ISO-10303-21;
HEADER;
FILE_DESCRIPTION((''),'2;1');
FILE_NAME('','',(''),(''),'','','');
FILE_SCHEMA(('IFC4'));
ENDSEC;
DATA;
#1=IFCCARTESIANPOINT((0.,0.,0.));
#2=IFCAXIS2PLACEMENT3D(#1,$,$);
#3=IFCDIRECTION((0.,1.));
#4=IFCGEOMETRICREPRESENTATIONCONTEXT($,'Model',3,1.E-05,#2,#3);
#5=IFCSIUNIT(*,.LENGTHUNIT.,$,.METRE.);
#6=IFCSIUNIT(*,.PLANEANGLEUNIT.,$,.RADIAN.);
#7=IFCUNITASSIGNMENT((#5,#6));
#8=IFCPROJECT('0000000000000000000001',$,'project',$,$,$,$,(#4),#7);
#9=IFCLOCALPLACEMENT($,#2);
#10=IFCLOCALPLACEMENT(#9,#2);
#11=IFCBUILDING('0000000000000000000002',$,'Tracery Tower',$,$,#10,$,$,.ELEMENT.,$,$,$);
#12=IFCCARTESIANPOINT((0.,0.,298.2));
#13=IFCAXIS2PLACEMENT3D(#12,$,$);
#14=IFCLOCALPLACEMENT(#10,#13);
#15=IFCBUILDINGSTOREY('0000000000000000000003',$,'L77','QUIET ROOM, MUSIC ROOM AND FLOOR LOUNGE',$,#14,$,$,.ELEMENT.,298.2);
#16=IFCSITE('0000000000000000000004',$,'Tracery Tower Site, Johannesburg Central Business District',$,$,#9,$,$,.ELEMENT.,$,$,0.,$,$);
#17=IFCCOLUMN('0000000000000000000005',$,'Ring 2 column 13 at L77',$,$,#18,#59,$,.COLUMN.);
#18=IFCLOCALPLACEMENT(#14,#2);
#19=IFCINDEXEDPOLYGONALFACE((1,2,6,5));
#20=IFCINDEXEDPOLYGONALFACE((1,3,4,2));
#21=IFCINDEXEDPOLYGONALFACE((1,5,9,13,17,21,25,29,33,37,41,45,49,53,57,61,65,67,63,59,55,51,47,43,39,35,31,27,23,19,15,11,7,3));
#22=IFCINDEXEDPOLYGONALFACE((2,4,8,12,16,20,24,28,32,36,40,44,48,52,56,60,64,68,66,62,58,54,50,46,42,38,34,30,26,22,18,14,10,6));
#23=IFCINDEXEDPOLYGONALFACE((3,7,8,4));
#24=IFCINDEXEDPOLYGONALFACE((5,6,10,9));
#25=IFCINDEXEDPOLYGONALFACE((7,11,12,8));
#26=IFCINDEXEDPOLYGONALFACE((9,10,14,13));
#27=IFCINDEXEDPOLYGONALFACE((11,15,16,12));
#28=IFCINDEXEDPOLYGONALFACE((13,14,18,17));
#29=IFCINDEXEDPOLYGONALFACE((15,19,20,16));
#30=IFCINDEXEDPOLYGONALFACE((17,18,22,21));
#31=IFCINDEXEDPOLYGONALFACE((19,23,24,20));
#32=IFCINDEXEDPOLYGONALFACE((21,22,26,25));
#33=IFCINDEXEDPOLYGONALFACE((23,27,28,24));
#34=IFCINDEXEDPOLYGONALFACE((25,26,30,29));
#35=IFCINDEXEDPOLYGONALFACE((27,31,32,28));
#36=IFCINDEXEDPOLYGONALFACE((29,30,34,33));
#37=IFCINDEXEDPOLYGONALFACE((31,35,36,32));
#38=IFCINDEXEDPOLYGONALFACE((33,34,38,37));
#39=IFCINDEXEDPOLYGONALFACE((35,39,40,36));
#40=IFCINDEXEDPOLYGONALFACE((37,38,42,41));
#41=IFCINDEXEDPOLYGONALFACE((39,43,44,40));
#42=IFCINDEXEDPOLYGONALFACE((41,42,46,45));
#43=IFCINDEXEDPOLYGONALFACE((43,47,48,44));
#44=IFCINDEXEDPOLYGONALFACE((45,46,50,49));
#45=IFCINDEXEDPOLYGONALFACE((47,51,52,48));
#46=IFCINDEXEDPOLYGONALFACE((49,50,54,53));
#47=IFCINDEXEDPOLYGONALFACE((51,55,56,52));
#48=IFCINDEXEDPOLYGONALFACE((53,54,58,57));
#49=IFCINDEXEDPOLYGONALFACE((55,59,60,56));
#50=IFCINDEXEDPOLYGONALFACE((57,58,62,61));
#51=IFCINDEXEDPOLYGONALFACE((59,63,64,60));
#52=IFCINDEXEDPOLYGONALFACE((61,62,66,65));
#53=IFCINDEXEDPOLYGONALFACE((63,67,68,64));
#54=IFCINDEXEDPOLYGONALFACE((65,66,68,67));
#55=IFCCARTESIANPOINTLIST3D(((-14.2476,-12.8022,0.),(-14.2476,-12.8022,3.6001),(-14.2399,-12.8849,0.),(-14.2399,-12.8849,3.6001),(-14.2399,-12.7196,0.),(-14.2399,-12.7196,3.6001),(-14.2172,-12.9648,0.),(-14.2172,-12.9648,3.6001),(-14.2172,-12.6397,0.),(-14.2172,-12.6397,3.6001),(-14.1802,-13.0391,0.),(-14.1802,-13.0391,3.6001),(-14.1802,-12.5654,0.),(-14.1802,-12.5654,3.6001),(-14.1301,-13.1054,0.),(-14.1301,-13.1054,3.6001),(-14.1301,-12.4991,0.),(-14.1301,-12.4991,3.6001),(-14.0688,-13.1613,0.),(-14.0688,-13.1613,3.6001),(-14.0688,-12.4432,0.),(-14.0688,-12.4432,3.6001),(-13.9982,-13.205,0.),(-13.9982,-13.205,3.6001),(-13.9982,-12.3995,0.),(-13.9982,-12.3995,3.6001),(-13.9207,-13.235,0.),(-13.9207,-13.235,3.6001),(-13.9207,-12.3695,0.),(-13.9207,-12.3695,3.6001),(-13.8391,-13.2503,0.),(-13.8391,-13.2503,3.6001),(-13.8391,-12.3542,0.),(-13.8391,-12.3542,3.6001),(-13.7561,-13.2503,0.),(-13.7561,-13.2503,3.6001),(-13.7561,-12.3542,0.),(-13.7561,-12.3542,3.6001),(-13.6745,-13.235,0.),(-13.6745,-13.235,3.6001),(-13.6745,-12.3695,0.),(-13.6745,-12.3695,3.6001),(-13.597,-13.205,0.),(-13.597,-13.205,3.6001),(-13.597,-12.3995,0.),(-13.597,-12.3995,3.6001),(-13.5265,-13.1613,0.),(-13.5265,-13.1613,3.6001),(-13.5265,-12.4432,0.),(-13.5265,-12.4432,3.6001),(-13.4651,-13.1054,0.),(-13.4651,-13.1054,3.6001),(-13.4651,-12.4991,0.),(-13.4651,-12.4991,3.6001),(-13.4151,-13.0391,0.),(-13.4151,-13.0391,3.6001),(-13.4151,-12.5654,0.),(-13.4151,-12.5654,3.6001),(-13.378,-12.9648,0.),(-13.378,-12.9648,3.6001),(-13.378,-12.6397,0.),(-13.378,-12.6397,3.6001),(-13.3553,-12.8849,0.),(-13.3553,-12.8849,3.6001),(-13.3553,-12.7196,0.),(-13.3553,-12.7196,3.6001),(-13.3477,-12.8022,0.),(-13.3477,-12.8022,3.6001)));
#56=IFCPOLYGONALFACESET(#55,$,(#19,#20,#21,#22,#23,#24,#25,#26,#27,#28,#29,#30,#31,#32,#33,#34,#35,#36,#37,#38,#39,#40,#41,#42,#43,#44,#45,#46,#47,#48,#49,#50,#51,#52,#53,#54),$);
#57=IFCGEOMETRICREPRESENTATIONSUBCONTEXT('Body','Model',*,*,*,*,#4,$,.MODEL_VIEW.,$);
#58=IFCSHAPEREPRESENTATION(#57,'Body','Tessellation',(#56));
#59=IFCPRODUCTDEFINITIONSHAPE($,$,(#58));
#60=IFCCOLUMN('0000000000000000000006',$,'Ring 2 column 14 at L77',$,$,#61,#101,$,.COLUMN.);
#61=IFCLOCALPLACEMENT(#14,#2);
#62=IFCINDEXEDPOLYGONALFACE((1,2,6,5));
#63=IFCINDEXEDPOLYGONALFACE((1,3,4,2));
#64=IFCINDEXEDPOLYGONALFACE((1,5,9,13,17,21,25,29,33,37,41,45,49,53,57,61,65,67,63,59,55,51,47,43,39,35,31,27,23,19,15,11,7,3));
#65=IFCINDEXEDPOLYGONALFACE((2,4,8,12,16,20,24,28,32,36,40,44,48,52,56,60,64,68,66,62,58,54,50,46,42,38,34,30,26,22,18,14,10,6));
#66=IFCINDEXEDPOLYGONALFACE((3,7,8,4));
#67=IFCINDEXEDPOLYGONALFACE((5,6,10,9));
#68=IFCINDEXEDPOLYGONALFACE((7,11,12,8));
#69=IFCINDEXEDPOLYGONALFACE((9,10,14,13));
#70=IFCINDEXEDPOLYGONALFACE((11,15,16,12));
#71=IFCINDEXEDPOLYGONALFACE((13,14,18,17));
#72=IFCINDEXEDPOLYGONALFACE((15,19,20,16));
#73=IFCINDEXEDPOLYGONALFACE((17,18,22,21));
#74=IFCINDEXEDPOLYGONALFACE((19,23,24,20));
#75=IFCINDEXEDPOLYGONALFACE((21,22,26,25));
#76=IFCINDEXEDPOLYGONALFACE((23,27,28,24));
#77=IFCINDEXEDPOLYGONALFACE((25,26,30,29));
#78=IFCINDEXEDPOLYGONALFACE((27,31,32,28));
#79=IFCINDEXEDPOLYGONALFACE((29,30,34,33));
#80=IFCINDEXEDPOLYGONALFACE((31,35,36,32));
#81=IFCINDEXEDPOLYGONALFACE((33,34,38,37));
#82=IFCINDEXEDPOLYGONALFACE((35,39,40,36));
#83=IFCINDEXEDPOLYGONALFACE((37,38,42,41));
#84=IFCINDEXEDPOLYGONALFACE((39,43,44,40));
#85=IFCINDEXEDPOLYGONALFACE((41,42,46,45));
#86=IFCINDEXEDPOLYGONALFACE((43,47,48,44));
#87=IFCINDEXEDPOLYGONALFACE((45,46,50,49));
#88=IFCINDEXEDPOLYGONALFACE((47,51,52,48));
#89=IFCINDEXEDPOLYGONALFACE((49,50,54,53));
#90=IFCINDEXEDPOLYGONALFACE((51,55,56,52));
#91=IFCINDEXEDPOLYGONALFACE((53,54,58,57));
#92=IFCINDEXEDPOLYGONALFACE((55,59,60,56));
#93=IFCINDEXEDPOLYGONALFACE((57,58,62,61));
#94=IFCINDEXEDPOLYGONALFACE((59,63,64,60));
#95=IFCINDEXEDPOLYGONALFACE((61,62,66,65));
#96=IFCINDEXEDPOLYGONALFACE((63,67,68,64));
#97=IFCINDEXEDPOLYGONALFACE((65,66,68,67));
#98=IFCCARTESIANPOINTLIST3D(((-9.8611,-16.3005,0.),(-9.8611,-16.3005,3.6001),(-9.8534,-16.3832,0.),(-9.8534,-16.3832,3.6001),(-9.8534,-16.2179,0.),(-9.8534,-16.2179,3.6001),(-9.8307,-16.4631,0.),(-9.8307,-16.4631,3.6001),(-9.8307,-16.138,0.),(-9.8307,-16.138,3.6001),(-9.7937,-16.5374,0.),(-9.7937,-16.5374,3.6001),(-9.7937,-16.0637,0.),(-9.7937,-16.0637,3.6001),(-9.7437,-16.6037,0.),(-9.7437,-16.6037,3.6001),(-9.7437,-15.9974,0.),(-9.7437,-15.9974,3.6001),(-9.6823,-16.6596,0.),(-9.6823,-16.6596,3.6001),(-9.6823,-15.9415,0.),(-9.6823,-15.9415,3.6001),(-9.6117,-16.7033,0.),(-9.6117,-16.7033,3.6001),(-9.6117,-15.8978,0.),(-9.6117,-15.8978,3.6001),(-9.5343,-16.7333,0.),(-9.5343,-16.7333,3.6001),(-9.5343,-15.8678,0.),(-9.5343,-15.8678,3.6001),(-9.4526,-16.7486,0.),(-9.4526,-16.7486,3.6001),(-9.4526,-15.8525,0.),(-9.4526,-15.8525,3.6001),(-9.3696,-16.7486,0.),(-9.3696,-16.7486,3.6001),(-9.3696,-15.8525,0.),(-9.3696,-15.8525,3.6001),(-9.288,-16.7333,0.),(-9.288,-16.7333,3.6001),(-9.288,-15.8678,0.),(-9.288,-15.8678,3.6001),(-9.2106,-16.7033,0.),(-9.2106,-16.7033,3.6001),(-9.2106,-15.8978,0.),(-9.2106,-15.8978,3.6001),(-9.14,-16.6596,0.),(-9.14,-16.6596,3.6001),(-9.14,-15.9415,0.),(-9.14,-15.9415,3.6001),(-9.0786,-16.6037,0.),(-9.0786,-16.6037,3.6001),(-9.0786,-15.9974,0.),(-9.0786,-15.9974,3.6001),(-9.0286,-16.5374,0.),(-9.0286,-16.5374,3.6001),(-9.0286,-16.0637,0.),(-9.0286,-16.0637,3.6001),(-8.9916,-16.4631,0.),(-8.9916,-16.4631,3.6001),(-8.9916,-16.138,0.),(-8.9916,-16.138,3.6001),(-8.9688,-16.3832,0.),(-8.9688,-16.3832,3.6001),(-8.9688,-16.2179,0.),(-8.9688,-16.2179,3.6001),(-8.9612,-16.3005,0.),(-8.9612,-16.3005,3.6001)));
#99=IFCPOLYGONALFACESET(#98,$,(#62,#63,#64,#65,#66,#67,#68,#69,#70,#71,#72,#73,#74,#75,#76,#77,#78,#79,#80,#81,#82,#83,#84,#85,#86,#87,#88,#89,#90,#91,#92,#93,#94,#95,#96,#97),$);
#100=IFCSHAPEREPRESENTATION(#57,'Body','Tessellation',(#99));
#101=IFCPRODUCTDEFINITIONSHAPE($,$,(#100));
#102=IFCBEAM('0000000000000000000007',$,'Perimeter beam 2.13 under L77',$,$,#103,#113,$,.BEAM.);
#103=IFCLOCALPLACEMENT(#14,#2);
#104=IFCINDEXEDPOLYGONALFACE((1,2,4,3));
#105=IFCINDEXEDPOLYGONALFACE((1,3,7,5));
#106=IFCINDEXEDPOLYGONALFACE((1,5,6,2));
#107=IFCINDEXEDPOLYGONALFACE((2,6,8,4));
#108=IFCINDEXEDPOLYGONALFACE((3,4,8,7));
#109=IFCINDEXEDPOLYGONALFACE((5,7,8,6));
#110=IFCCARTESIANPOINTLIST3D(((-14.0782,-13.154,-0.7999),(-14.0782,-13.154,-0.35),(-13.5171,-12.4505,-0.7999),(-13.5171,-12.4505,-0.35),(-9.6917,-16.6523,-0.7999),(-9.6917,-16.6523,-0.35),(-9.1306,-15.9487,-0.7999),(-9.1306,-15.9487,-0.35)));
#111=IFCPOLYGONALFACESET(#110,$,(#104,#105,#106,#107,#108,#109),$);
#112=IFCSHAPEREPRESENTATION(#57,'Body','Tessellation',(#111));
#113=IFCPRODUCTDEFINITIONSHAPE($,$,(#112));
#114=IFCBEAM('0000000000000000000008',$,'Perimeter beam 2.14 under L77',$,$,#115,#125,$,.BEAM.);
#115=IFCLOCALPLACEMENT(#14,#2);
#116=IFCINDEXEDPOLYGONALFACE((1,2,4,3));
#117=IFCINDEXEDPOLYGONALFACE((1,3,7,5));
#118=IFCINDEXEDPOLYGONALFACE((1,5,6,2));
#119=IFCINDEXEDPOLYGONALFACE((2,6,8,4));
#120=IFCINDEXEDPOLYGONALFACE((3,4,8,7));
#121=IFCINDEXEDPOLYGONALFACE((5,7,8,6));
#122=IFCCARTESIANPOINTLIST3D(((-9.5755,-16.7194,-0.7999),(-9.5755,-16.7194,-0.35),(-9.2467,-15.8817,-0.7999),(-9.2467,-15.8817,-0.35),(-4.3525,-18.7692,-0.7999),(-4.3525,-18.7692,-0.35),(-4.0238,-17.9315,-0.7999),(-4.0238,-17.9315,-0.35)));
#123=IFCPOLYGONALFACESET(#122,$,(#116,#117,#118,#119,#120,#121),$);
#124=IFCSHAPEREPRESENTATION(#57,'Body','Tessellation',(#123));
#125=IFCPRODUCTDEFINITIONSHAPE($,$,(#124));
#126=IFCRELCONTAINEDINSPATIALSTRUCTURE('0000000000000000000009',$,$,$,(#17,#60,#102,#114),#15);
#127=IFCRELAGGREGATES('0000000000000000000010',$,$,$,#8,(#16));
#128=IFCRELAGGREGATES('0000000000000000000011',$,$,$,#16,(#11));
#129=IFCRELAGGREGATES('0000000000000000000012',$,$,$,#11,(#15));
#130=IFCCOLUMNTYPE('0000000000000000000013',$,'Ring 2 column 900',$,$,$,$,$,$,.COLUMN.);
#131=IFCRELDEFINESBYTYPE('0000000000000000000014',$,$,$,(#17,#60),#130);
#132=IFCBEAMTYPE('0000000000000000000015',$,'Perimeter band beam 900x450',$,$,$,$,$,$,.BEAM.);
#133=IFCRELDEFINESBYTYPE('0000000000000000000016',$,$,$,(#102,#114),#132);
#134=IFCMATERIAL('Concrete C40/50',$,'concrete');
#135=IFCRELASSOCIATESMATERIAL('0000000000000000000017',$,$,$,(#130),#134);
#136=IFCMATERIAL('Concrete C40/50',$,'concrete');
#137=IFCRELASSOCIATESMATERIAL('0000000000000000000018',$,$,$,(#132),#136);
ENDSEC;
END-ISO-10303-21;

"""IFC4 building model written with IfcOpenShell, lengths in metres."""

from ifc_helpers import new_model, si_unit, direction, frame, origin, origin_2d, place, context, subcontext, project, spatial, rectangle, circle, extrude, material, material_profile, profile_set, type_object, element, save


model = new_model("IFC4")

# Units and contexts
model_context = context("Model", 3, precision=1e-05, world=origin(), true_north=direction((0.0, 1.0)))
body_context = subcontext(model_context, "Body", "Model", "MODEL_VIEW")
ifc_project = project(units=[si_unit("LENGTHUNIT", "METRE"), si_unit("PLANEANGLEUNIT", "RADIAN")], contexts=[model_context])

# Site, building, storey
site_placement = place(None, origin())
site = spatial("IfcSite", under=ifc_project, at=site_placement, Name="Tracery Tower Site, Johannesburg Central Business District", CompositionType="ELEMENT", RefElevation=0.0)
building_placement = place(site_placement, origin())
building = spatial("IfcBuilding", under=site, at=building_placement, Name="Tracery Tower", CompositionType="ELEMENT")
storey_placement = place(building_placement, frame((0.0, 0.0, 298.2)))
storey = spatial("IfcBuildingStorey", under=building, at=storey_placement, Name="L77", Description="QUIET ROOM, MUSIC ROOM AND FLOOR LOUNGE", CompositionType="ELEMENT", Elevation=298.2)

# Columns
ifc_material_1 = material(Name="Concrete C40/50", Category="concrete")
ifc_material_profile_1 = material_profile(ifc_material_1, circle(Radius=0.45, at=origin_2d()), Name="RC D900")
ifc_profile_set_1 = profile_set([ifc_material_profile_1], Name="Concrete C40/50")
column_type = type_object("IfcColumnType", Name="Ring 2 column 900", PredefinedType="COLUMN", material=ifc_profile_set_1)
for number, where, z_axis, x_axis, name in (
    (1, (-13.7976, -12.8022, 0.0), (0.0, 0.0, 1.0), (1.0, 0.0, 0.0), "Ring 2 column 13 at L77"),
    (2, (-9.4111, -16.3005, 0.0), (0.0, 0.0, 1.0), (1.0, 0.0, 0.0), "Ring 2 column 14 at L77"),
):
    element("IfcColumn", number, at=place(storey_placement, frame(where, z_axis=z_axis, x_axis=x_axis)), inside=storey, type_object=column_type, Name=name, PredefinedType="COLUMN", context=body_context, shape_type="SweptSolid", body=[
        extrude(circle(Radius=0.45, at=origin_2d()), origin(), (0.0, 0.0, 1.0), 3.6001),
    ])

# Beams
ifc_material_2 = material(Name="Concrete C40/50", Category="concrete")
ifc_material_profile_2 = material_profile(ifc_material_2, rectangle(XDim=0.8999, YDim=0.45, at=origin_2d()), Name="RC 900x450")
ifc_profile_set_2 = profile_set([ifc_material_profile_2], Name="Concrete C40/50")
beam_type = type_object("IfcBeamType", Name="Perimeter band beam 900x450", PredefinedType="BEAM", material=ifc_profile_set_2)
beam_1_placement = place(storey_placement, frame((-13.7976, -12.8022, -0.575), z_axis=(0.781815, -0.623511, 0.0), x_axis=(0.623511, 0.781815, 0.0)))
element("IfcBeam", 3, at=beam_1_placement, inside=storey, type_object=beam_type, Name="Perimeter beam 2.13 under L77", PredefinedType="BEAM", context=body_context, shape_type="SweptSolid", body=[
    extrude(rectangle(XDim=0.8999, YDim=0.45, at=origin_2d()), origin(), (0.0, 0.0, 1.0), 5.6106),
])
beam_2_placement = place(storey_placement, frame((-9.4111, -16.3005, -0.575), z_axis=(0.930876, -0.365336, 0.0), x_axis=(0.365336, 0.930876, 0.0)))
element("IfcBeam", 4, at=beam_2_placement, inside=storey, type_object=beam_type, Name="Perimeter beam 2.14 under L77", PredefinedType="BEAM", context=body_context, shape_type="SweptSolid", body=[
    extrude(rectangle(XDim=0.8999, YDim=0.45, at=origin_2d()), origin(), (0.0, 0.0, 1.0), 5.6108),
])

save(model, "model.ifc")
